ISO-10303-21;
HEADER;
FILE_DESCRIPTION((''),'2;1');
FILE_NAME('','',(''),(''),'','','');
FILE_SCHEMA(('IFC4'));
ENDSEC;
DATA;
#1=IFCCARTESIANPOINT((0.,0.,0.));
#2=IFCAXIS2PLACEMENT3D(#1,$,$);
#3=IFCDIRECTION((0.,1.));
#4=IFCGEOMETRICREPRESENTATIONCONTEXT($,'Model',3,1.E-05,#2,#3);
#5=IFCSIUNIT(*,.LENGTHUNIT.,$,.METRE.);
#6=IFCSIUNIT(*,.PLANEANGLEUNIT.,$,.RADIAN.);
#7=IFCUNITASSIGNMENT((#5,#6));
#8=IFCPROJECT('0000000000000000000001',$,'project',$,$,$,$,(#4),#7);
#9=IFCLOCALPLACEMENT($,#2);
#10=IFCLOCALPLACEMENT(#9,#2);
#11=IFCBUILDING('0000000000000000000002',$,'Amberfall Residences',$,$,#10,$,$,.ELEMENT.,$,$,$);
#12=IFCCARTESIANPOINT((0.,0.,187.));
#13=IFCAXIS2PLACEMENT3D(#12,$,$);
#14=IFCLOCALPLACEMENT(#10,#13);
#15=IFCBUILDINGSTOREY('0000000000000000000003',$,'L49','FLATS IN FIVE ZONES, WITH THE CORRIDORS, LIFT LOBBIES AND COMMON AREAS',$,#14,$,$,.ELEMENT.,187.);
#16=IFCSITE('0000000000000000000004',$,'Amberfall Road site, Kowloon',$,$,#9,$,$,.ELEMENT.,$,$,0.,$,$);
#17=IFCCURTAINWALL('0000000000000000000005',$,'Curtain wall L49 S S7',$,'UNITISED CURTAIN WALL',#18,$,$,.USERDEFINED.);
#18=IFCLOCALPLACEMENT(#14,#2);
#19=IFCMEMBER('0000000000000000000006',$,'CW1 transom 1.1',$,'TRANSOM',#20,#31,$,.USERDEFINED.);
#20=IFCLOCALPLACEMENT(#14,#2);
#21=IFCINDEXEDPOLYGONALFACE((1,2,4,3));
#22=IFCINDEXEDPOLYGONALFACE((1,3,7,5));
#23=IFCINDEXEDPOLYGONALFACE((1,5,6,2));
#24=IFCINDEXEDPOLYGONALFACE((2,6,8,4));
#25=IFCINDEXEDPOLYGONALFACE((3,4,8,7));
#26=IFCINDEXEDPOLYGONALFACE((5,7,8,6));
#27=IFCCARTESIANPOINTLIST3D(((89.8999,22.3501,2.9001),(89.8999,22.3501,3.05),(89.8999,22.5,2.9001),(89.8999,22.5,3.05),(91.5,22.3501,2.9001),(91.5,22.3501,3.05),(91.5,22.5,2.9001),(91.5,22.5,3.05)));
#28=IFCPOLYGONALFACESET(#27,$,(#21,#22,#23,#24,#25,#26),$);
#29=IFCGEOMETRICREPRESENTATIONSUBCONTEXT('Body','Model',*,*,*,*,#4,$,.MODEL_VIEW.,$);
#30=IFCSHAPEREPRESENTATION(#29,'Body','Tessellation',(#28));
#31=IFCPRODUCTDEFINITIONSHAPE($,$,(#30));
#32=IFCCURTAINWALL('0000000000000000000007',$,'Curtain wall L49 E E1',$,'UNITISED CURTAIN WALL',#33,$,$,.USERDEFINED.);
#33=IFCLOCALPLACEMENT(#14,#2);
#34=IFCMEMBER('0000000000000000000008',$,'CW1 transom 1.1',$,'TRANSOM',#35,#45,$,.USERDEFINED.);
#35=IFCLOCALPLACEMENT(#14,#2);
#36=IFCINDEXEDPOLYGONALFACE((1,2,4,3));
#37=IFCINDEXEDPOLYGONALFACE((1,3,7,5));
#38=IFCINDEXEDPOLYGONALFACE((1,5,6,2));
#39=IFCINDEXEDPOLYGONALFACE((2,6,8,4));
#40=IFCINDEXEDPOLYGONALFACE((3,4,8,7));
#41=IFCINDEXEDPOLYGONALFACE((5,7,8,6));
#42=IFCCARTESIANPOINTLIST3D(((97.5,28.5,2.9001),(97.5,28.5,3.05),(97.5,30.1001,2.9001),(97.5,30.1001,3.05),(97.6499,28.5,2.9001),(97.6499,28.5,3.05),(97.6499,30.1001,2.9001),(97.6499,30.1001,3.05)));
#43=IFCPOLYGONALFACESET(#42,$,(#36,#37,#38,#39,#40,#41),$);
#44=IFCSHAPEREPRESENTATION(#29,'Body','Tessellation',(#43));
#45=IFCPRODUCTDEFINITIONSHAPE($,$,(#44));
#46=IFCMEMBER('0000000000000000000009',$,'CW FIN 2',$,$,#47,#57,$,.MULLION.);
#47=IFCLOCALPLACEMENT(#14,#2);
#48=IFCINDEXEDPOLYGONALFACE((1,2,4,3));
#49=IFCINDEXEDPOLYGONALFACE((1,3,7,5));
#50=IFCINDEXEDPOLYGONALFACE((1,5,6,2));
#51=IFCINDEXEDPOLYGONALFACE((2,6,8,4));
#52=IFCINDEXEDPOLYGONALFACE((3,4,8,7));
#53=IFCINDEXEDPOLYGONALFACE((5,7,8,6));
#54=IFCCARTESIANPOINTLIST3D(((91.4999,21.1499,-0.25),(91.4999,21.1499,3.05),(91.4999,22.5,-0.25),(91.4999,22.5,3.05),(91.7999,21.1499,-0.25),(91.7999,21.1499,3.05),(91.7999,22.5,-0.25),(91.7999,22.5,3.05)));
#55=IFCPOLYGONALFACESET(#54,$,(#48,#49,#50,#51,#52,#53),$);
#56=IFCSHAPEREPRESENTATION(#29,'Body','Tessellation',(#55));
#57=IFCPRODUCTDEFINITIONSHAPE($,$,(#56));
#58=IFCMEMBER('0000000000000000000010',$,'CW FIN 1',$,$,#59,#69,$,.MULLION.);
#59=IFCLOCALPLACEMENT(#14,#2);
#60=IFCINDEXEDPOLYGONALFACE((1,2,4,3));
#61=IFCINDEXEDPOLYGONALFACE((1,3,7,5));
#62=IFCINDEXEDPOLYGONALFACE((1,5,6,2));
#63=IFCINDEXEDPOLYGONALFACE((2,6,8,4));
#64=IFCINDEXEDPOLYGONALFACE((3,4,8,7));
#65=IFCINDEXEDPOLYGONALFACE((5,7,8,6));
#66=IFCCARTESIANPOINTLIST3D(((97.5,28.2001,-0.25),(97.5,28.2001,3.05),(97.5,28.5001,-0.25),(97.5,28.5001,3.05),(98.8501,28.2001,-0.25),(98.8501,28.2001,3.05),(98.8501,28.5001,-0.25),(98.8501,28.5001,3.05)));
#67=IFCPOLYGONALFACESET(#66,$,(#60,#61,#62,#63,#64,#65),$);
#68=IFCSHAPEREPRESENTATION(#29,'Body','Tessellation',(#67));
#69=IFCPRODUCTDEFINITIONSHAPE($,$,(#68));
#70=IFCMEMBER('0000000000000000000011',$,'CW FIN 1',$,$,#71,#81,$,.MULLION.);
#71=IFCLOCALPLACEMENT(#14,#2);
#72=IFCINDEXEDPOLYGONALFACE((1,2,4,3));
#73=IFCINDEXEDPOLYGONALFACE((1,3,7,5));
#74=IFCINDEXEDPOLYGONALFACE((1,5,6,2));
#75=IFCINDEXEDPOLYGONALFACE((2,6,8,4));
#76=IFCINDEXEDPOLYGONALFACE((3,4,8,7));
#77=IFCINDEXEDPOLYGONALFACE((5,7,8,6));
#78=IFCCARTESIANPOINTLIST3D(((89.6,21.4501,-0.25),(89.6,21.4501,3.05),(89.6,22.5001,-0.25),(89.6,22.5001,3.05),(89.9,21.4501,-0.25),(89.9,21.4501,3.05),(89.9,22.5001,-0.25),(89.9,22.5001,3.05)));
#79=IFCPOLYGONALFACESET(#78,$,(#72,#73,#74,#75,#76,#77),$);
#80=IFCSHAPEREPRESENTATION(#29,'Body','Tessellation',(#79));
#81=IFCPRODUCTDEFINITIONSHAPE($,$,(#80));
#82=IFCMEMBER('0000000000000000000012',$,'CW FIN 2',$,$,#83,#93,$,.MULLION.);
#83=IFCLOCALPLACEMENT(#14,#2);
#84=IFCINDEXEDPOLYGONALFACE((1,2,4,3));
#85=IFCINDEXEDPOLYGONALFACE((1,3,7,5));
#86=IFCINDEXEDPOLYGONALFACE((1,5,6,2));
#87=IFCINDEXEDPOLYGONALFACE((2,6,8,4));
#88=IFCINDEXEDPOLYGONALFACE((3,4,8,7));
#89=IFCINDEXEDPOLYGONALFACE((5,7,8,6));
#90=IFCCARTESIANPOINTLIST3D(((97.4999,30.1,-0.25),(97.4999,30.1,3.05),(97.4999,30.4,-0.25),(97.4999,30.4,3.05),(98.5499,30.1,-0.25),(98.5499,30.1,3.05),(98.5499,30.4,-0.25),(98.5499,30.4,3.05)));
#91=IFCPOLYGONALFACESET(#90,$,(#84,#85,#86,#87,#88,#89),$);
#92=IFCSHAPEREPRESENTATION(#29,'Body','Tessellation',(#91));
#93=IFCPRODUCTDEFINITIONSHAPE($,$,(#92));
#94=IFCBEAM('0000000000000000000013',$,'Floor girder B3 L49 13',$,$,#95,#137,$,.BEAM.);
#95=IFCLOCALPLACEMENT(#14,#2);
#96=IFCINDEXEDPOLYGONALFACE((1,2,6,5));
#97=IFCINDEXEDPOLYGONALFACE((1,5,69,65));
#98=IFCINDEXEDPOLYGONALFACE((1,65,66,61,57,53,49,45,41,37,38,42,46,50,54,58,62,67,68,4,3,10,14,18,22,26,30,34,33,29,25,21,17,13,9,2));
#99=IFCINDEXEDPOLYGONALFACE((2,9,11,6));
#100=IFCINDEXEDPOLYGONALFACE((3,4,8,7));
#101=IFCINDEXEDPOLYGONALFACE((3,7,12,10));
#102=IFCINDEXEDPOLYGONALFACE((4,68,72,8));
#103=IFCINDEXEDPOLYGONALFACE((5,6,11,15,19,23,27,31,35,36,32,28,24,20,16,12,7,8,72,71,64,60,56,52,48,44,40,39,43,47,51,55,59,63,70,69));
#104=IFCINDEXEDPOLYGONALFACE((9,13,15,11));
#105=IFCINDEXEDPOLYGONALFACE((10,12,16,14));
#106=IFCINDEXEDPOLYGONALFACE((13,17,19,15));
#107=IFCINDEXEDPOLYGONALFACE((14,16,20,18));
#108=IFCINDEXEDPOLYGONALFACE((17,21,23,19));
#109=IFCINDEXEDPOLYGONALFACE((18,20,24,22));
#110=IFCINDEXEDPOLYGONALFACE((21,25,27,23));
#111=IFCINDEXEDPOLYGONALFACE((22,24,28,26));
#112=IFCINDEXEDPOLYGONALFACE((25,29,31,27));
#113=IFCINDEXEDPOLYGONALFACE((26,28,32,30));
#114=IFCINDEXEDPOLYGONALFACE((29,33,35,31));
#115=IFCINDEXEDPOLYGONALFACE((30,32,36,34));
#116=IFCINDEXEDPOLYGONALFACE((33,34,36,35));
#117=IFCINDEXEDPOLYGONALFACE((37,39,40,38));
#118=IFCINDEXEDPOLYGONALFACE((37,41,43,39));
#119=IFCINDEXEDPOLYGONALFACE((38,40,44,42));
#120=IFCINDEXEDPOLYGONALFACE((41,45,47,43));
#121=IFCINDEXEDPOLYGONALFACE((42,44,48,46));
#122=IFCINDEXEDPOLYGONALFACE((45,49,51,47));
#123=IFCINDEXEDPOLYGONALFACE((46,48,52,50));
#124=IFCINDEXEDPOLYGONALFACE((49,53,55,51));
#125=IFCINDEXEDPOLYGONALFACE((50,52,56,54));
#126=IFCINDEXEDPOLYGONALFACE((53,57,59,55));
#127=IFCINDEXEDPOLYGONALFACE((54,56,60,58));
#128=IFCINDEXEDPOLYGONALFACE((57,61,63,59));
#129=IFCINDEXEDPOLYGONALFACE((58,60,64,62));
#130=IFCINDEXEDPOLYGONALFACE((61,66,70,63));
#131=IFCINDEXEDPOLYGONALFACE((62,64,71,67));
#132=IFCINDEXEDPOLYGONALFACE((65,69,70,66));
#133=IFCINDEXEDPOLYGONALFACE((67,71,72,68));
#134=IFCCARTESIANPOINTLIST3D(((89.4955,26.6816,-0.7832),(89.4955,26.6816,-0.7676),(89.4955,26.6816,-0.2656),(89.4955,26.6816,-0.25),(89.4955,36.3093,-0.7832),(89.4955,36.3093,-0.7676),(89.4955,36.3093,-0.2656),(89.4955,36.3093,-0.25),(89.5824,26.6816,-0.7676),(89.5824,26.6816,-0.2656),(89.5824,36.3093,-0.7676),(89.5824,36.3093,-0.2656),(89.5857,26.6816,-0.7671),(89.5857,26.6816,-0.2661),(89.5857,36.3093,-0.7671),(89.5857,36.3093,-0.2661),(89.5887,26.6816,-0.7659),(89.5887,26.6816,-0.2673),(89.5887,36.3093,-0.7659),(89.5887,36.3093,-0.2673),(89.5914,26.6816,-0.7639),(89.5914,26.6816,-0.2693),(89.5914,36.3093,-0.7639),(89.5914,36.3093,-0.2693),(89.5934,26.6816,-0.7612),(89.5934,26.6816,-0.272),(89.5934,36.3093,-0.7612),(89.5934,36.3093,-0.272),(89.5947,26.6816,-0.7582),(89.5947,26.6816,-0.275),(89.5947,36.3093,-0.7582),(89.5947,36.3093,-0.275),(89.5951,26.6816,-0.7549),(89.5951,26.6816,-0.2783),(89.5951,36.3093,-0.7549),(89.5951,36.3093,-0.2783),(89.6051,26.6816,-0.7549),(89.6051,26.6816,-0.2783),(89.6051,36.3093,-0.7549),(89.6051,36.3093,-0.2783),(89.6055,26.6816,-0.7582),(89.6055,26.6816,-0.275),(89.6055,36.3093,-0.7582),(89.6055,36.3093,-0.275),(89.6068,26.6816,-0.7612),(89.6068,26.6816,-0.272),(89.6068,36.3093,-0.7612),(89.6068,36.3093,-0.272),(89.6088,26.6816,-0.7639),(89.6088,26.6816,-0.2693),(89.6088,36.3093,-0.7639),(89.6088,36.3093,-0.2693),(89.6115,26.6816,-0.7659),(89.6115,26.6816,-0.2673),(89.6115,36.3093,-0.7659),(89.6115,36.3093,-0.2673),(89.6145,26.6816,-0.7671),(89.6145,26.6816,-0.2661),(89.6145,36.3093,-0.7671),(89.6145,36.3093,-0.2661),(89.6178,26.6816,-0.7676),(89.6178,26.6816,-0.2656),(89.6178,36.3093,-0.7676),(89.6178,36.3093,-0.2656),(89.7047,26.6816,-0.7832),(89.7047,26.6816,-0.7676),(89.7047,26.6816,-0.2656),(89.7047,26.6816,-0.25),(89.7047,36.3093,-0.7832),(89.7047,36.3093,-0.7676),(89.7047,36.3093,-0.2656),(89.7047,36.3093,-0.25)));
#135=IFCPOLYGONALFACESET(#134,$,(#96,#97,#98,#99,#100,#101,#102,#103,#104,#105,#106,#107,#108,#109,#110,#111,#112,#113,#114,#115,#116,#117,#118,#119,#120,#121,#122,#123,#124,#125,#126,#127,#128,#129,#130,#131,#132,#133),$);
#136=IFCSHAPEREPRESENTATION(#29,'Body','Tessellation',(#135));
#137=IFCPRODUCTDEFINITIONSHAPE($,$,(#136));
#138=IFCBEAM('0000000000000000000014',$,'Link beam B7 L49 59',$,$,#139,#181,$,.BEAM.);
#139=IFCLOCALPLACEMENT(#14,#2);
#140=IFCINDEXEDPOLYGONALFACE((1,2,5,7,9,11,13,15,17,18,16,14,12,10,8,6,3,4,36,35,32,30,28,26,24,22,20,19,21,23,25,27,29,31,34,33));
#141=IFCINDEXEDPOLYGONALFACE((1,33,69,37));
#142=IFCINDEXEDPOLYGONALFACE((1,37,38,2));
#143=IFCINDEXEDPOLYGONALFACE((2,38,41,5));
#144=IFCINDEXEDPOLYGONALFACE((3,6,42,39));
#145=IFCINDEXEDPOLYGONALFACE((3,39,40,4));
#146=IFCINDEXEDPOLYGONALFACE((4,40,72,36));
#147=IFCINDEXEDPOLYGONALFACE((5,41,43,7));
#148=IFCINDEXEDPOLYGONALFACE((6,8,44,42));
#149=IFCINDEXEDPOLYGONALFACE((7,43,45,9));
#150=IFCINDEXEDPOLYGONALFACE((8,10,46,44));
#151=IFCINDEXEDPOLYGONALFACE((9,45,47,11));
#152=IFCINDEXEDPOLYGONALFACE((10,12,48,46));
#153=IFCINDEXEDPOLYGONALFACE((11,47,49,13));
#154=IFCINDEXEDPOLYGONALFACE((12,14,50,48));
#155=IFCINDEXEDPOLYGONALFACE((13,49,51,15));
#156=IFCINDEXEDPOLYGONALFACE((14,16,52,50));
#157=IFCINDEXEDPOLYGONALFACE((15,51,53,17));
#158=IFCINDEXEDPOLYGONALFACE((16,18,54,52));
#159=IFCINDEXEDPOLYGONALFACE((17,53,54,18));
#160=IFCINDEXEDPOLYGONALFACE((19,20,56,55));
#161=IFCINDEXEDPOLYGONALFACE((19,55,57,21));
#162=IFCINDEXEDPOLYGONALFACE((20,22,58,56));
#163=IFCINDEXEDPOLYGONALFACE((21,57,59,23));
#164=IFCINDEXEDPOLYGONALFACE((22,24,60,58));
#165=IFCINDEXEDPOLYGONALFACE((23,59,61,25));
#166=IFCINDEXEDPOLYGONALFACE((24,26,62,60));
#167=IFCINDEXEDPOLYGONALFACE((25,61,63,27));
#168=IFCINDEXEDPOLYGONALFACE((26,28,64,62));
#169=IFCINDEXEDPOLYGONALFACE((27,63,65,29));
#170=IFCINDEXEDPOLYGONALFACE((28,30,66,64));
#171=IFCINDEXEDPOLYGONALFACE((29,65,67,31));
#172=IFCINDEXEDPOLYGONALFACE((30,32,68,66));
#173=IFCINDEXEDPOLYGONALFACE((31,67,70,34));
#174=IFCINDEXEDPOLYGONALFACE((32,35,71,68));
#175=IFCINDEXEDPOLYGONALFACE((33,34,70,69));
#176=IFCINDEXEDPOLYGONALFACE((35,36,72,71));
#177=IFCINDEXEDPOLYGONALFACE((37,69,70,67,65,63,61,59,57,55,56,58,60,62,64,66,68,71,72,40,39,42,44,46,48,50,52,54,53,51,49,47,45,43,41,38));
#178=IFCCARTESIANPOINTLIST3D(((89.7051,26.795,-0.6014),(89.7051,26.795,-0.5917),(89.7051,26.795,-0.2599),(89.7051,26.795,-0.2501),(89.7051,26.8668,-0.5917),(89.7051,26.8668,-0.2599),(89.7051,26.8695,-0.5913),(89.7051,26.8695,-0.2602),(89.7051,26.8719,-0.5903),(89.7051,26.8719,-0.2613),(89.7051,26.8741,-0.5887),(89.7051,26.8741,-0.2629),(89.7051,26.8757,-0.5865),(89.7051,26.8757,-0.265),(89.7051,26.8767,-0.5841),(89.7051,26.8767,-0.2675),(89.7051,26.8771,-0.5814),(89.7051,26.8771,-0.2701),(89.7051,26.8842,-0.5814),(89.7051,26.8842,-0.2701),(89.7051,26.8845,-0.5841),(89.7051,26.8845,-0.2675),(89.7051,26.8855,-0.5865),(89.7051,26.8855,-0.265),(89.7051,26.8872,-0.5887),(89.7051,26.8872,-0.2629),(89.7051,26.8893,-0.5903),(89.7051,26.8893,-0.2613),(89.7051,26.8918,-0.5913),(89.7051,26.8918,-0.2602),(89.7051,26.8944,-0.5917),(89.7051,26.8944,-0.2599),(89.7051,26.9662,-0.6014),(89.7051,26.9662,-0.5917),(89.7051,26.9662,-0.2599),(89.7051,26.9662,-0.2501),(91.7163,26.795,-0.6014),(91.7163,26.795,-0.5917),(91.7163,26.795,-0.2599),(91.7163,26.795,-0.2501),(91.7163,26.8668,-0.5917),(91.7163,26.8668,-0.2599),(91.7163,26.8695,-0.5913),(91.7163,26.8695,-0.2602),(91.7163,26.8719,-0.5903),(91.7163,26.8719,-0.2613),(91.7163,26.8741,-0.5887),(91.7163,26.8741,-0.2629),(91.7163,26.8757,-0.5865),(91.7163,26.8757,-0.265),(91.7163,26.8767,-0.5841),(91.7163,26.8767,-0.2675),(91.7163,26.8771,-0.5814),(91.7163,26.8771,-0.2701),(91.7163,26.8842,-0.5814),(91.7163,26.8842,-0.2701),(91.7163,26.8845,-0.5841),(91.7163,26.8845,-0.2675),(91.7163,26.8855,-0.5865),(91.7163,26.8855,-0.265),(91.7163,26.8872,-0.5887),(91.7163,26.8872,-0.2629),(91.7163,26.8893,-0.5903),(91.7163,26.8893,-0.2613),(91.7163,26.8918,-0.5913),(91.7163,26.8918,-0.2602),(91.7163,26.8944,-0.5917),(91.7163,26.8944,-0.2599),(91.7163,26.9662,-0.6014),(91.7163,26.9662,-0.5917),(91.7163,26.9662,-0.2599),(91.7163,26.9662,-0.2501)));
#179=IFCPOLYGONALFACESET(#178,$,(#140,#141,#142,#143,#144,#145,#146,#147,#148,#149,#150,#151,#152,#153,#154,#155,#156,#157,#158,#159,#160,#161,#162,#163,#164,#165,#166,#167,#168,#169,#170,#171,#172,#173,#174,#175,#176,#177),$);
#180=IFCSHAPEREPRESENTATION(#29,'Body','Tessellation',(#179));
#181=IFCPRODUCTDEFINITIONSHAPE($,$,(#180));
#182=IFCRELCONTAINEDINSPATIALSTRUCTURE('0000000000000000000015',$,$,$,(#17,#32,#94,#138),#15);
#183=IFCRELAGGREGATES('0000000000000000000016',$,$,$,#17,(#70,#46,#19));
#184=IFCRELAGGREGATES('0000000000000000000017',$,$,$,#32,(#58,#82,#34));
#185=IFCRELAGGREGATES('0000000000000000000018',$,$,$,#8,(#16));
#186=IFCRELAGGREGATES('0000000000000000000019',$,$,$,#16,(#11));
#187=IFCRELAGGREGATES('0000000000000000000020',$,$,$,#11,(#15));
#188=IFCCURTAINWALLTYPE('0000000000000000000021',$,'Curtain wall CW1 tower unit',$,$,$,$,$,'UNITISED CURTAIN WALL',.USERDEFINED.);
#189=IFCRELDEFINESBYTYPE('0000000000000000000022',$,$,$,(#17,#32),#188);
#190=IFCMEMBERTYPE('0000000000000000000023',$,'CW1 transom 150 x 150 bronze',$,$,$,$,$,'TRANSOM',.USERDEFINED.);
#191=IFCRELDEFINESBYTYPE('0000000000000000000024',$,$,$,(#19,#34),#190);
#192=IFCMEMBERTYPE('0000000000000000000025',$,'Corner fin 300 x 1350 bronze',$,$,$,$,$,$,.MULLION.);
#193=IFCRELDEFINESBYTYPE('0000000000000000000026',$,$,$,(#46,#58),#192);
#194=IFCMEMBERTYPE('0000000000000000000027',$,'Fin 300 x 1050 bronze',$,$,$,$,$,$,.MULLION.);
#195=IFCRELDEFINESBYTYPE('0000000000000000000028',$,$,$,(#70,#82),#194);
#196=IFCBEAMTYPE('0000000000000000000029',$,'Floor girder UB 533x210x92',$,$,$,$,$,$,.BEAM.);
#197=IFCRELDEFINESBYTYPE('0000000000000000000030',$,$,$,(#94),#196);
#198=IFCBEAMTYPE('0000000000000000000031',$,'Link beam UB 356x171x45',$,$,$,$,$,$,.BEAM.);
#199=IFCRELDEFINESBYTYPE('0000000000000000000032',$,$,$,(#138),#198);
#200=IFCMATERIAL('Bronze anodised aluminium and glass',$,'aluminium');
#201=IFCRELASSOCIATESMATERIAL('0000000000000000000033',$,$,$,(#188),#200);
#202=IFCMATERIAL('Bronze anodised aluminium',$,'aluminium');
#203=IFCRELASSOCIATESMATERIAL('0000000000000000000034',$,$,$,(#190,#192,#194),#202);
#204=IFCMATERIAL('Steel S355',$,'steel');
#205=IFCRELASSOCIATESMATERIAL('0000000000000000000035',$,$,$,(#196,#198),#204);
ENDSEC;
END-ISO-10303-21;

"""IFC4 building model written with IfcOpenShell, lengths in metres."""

from ifc_helpers import new_model, si_unit, direction, frame, origin, origin_2d, place, context, subcontext, project, spatial, rectangle, i_section, extrude, material, material_profile, profile_set, type_object, element, aggregate, save


model = new_model("IFC4")

# Units and contexts
model_context = context("Model", 3, precision=1e-05, world=origin(), true_north=direction((0.0, 1.0)))
body_context = subcontext(model_context, "Body", "Model", "MODEL_VIEW")
ifc_project = project(units=[si_unit("LENGTHUNIT", "METRE"), si_unit("PLANEANGLEUNIT", "RADIAN")], contexts=[model_context])

# Site, building, storey
site_placement = place(None, origin())
site = spatial("IfcSite", under=ifc_project, at=site_placement, Name="Amberfall Road site, Kowloon", CompositionType="ELEMENT", RefElevation=0.0)
building_placement = place(site_placement, origin())
building = spatial("IfcBuilding", under=site, at=building_placement, Name="Amberfall Residences", CompositionType="ELEMENT")
storey_placement = place(building_placement, frame((0.0, 0.0, 187.0)))
storey = spatial("IfcBuildingStorey", under=building, at=storey_placement, Name="L49", Description="FLATS IN FIVE ZONES, WITH THE CORRIDORS, LIFT LOBBIES AND COMMON AREAS", CompositionType="ELEMENT", Elevation=187.0)

# Shared definitions
ifc_material_1 = material(Name="Steel S355", Category="steel")

# Curtain walls, members
ifc_material_2 = material(Name="Bronze anodised aluminium and glass", Category="aluminium")
curtain_wall_type = type_object("IfcCurtainWallType", Name="Curtain wall CW1 tower unit", ElementType="UNITISED CURTAIN WALL", PredefinedType="USERDEFINED", material=ifc_material_2)
curtain_wall_1_placement = place(storey_placement, origin())
curtain_wall_1 = element("IfcCurtainWall", 1, at=curtain_wall_1_placement, inside=storey, type_object=curtain_wall_type, Name="Curtain wall L49 S S7", ObjectType="UNITISED CURTAIN WALL", PredefinedType="USERDEFINED")
ifc_material_3 = material(Name="Bronze anodised aluminium", Category="aluminium")
ifc_material_profile_1 = material_profile(ifc_material_3, rectangle(XDim=0.1499, YDim=0.1499, at=origin_2d()), Name="CW1 transom 150 x 150 bronze")
ifc_profile_set_1 = profile_set([ifc_material_profile_1], Name="Bronze anodised aluminium")
member_type_1 = type_object("IfcMemberType", Name="CW1 transom 150 x 150 bronze", ElementType="TRANSOM", PredefinedType="USERDEFINED", material=ifc_profile_set_1)
member_1_placement = place(storey_placement, frame((89.8999, 22.425, 2.9751), z_axis=(1.0, 0.0, 0.0), x_axis=(0.0, 1.0, 0.0)))
member_1 = element("IfcMember", 2, at=member_1_placement, type_object=member_type_1, Name="CW1 transom 1.1", ObjectType="TRANSOM", PredefinedType="USERDEFINED", context=body_context, shape_type="SweptSolid", body=[
    extrude(rectangle(XDim=0.1499, YDim=0.1499, at=origin_2d()), origin(), (0.0, 0.0, 1.0), 1.6001),
])
curtain_wall_2_placement = place(storey_placement, origin())
curtain_wall_2 = element("IfcCurtainWall", 3, at=curtain_wall_2_placement, inside=storey, type_object=curtain_wall_type, Name="Curtain wall L49 E E1", ObjectType="UNITISED CURTAIN WALL", PredefinedType="USERDEFINED")
member_2_placement = place(storey_placement, frame((97.575, 28.5, 2.9751), z_axis=(0.0, 1.0, 0.0), x_axis=(-1.0, 0.0, 0.0)))
member_2 = element("IfcMember", 4, at=member_2_placement, type_object=member_type_1, Name="CW1 transom 1.1", ObjectType="TRANSOM", PredefinedType="USERDEFINED", context=body_context, shape_type="SweptSolid", body=[
    extrude(rectangle(XDim=0.1499, YDim=0.1499, at=origin_2d()), origin(), (0.0, 0.0, 1.0), 1.6001),
])

# Members
ifc_material_profile_2 = material_profile(ifc_material_3, rectangle(XDim=1.3501, YDim=0.3, at=origin_2d()), Name="Corner fin 300 x 1350 bronze")
ifc_profile_set_2 = profile_set([ifc_material_profile_2], Name="Bronze anodised aluminium")
member_type_2 = type_object("IfcMemberType", Name="Corner fin 300 x 1350 bronze", PredefinedType="MULLION", material=ifc_profile_set_2)
member_3_placement = place(storey_placement, frame((91.6499, 21.825, -0.25), z_axis=(0.0, 0.0, 1.0), x_axis=(0.0, 1.0, 0.0)))
member_3 = element("IfcMember", 5, at=member_3_placement, type_object=member_type_2, Name="CW FIN 2", PredefinedType="MULLION", context=body_context, shape_type="SweptSolid", body=[
    extrude(rectangle(XDim=1.3501, YDim=0.3, at=origin_2d()), origin(), (0.0, 0.0, 1.0), 3.3),
])
member_4_placement = place(storey_placement, frame((98.175, 28.3501, -0.25), z_axis=(0.0, 0.0, 1.0), x_axis=(-1.0, 0.0, 0.0)))
member_4 = element("IfcMember", 6, at=member_4_placement, type_object=member_type_2, Name="CW FIN 1", PredefinedType="MULLION", context=body_context, shape_type="SweptSolid", body=[
    extrude(rectangle(XDim=1.3501, YDim=0.3, at=origin_2d()), origin(), (0.0, 0.0, 1.0), 3.3),
])
ifc_material_profile_3 = material_profile(ifc_material_3, rectangle(XDim=1.05, YDim=0.3, at=origin_2d()), Name="Fin 300 x 1050 bronze")
ifc_profile_set_3 = profile_set([ifc_material_profile_3], Name="Bronze anodised aluminium")
member_type_3 = type_object("IfcMemberType", Name="Fin 300 x 1050 bronze", PredefinedType="MULLION", material=ifc_profile_set_3)
member_5_placement = place(storey_placement, frame((89.75, 21.9751, -0.25), z_axis=(0.0, 0.0, 1.0), x_axis=(0.0, 1.0, 0.0)))
member_5 = element("IfcMember", 7, at=member_5_placement, type_object=member_type_3, Name="CW FIN 1", PredefinedType="MULLION", context=body_context, shape_type="SweptSolid", body=[
    extrude(rectangle(XDim=1.05, YDim=0.3, at=origin_2d()), origin(), (0.0, 0.0, 1.0), 3.3),
])
member_6_placement = place(storey_placement, frame((98.0249, 30.25, -0.25), z_axis=(0.0, 0.0, 1.0), x_axis=(-1.0, 0.0, 0.0)))
member_6 = element("IfcMember", 8, at=member_6_placement, type_object=member_type_3, Name="CW FIN 2", PredefinedType="MULLION", context=body_context, shape_type="SweptSolid", body=[
    extrude(rectangle(XDim=1.05, YDim=0.3, at=origin_2d()), origin(), (0.0, 0.0, 1.0), 3.3),
])

# Beams
ifc_material_profile_4 = material_profile(ifc_material_1, i_section(OverallWidth=0.2092, OverallDepth=0.5332, WebThickness=0.01, FlangeThickness=0.0156, FilletRadius=0.0127, at=origin_2d()), Name="UB 533x210x92")
ifc_profile_set_4 = profile_set([ifc_material_profile_4], Name="Steel S355")
beam_type_1 = type_object("IfcBeamType", Name="Floor girder UB 533x210x92", PredefinedType="BEAM", material=ifc_profile_set_4)
beam_1_placement = place(storey_placement, frame((89.6001, 26.6816, -0.5166), z_axis=(0.0, 1.0, 0.0), x_axis=(-1.0, 0.0, 0.0)))
element("IfcBeam", 9, at=beam_1_placement, inside=storey, type_object=beam_type_1, Name="Floor girder B3 L49 13", PredefinedType="BEAM", context=body_context, shape_type="SweptSolid", body=[
    extrude(i_section(OverallWidth=0.2092, OverallDepth=0.5332, WebThickness=0.01, FlangeThickness=0.0156, FilletRadius=0.0127, at=origin_2d()), origin(), (0.0, 0.0, 1.0), 9.6277),
])
ifc_material_profile_5 = material_profile(ifc_material_1, i_section(OverallWidth=0.1711, OverallDepth=0.3513, WebThickness=0.0071, FlangeThickness=0.0098, FilletRadius=0.0103, at=origin_2d()), Name="UB 356x171x45")
ifc_profile_set_5 = profile_set([ifc_material_profile_5], Name="Steel S355")
beam_type_2 = type_object("IfcBeamType", Name="Link beam UB 356x171x45", PredefinedType="BEAM", material=ifc_profile_set_5)
beam_2_placement = place(storey_placement, frame((91.7163, 26.8806, -0.4258), z_axis=(-1.0, 0.0, 0.0), x_axis=(0.0, -1.0, 0.0)))
element("IfcBeam", 10, at=beam_2_placement, inside=storey, type_object=beam_type_2, Name="Link beam B7 L49 59", PredefinedType="BEAM", context=body_context, shape_type="SweptSolid", body=[
    extrude(i_section(OverallWidth=0.1711, OverallDepth=0.3513, WebThickness=0.0071, FlangeThickness=0.0098, FilletRadius=0.0103, at=origin_2d()), origin(), (0.0, 0.0, 1.0), 2.0112),
])

aggregate(curtain_wall_1, [member_5, member_3, member_1])
aggregate(curtain_wall_2, [member_4, member_6, member_2])

save(model, "model.ifc")
